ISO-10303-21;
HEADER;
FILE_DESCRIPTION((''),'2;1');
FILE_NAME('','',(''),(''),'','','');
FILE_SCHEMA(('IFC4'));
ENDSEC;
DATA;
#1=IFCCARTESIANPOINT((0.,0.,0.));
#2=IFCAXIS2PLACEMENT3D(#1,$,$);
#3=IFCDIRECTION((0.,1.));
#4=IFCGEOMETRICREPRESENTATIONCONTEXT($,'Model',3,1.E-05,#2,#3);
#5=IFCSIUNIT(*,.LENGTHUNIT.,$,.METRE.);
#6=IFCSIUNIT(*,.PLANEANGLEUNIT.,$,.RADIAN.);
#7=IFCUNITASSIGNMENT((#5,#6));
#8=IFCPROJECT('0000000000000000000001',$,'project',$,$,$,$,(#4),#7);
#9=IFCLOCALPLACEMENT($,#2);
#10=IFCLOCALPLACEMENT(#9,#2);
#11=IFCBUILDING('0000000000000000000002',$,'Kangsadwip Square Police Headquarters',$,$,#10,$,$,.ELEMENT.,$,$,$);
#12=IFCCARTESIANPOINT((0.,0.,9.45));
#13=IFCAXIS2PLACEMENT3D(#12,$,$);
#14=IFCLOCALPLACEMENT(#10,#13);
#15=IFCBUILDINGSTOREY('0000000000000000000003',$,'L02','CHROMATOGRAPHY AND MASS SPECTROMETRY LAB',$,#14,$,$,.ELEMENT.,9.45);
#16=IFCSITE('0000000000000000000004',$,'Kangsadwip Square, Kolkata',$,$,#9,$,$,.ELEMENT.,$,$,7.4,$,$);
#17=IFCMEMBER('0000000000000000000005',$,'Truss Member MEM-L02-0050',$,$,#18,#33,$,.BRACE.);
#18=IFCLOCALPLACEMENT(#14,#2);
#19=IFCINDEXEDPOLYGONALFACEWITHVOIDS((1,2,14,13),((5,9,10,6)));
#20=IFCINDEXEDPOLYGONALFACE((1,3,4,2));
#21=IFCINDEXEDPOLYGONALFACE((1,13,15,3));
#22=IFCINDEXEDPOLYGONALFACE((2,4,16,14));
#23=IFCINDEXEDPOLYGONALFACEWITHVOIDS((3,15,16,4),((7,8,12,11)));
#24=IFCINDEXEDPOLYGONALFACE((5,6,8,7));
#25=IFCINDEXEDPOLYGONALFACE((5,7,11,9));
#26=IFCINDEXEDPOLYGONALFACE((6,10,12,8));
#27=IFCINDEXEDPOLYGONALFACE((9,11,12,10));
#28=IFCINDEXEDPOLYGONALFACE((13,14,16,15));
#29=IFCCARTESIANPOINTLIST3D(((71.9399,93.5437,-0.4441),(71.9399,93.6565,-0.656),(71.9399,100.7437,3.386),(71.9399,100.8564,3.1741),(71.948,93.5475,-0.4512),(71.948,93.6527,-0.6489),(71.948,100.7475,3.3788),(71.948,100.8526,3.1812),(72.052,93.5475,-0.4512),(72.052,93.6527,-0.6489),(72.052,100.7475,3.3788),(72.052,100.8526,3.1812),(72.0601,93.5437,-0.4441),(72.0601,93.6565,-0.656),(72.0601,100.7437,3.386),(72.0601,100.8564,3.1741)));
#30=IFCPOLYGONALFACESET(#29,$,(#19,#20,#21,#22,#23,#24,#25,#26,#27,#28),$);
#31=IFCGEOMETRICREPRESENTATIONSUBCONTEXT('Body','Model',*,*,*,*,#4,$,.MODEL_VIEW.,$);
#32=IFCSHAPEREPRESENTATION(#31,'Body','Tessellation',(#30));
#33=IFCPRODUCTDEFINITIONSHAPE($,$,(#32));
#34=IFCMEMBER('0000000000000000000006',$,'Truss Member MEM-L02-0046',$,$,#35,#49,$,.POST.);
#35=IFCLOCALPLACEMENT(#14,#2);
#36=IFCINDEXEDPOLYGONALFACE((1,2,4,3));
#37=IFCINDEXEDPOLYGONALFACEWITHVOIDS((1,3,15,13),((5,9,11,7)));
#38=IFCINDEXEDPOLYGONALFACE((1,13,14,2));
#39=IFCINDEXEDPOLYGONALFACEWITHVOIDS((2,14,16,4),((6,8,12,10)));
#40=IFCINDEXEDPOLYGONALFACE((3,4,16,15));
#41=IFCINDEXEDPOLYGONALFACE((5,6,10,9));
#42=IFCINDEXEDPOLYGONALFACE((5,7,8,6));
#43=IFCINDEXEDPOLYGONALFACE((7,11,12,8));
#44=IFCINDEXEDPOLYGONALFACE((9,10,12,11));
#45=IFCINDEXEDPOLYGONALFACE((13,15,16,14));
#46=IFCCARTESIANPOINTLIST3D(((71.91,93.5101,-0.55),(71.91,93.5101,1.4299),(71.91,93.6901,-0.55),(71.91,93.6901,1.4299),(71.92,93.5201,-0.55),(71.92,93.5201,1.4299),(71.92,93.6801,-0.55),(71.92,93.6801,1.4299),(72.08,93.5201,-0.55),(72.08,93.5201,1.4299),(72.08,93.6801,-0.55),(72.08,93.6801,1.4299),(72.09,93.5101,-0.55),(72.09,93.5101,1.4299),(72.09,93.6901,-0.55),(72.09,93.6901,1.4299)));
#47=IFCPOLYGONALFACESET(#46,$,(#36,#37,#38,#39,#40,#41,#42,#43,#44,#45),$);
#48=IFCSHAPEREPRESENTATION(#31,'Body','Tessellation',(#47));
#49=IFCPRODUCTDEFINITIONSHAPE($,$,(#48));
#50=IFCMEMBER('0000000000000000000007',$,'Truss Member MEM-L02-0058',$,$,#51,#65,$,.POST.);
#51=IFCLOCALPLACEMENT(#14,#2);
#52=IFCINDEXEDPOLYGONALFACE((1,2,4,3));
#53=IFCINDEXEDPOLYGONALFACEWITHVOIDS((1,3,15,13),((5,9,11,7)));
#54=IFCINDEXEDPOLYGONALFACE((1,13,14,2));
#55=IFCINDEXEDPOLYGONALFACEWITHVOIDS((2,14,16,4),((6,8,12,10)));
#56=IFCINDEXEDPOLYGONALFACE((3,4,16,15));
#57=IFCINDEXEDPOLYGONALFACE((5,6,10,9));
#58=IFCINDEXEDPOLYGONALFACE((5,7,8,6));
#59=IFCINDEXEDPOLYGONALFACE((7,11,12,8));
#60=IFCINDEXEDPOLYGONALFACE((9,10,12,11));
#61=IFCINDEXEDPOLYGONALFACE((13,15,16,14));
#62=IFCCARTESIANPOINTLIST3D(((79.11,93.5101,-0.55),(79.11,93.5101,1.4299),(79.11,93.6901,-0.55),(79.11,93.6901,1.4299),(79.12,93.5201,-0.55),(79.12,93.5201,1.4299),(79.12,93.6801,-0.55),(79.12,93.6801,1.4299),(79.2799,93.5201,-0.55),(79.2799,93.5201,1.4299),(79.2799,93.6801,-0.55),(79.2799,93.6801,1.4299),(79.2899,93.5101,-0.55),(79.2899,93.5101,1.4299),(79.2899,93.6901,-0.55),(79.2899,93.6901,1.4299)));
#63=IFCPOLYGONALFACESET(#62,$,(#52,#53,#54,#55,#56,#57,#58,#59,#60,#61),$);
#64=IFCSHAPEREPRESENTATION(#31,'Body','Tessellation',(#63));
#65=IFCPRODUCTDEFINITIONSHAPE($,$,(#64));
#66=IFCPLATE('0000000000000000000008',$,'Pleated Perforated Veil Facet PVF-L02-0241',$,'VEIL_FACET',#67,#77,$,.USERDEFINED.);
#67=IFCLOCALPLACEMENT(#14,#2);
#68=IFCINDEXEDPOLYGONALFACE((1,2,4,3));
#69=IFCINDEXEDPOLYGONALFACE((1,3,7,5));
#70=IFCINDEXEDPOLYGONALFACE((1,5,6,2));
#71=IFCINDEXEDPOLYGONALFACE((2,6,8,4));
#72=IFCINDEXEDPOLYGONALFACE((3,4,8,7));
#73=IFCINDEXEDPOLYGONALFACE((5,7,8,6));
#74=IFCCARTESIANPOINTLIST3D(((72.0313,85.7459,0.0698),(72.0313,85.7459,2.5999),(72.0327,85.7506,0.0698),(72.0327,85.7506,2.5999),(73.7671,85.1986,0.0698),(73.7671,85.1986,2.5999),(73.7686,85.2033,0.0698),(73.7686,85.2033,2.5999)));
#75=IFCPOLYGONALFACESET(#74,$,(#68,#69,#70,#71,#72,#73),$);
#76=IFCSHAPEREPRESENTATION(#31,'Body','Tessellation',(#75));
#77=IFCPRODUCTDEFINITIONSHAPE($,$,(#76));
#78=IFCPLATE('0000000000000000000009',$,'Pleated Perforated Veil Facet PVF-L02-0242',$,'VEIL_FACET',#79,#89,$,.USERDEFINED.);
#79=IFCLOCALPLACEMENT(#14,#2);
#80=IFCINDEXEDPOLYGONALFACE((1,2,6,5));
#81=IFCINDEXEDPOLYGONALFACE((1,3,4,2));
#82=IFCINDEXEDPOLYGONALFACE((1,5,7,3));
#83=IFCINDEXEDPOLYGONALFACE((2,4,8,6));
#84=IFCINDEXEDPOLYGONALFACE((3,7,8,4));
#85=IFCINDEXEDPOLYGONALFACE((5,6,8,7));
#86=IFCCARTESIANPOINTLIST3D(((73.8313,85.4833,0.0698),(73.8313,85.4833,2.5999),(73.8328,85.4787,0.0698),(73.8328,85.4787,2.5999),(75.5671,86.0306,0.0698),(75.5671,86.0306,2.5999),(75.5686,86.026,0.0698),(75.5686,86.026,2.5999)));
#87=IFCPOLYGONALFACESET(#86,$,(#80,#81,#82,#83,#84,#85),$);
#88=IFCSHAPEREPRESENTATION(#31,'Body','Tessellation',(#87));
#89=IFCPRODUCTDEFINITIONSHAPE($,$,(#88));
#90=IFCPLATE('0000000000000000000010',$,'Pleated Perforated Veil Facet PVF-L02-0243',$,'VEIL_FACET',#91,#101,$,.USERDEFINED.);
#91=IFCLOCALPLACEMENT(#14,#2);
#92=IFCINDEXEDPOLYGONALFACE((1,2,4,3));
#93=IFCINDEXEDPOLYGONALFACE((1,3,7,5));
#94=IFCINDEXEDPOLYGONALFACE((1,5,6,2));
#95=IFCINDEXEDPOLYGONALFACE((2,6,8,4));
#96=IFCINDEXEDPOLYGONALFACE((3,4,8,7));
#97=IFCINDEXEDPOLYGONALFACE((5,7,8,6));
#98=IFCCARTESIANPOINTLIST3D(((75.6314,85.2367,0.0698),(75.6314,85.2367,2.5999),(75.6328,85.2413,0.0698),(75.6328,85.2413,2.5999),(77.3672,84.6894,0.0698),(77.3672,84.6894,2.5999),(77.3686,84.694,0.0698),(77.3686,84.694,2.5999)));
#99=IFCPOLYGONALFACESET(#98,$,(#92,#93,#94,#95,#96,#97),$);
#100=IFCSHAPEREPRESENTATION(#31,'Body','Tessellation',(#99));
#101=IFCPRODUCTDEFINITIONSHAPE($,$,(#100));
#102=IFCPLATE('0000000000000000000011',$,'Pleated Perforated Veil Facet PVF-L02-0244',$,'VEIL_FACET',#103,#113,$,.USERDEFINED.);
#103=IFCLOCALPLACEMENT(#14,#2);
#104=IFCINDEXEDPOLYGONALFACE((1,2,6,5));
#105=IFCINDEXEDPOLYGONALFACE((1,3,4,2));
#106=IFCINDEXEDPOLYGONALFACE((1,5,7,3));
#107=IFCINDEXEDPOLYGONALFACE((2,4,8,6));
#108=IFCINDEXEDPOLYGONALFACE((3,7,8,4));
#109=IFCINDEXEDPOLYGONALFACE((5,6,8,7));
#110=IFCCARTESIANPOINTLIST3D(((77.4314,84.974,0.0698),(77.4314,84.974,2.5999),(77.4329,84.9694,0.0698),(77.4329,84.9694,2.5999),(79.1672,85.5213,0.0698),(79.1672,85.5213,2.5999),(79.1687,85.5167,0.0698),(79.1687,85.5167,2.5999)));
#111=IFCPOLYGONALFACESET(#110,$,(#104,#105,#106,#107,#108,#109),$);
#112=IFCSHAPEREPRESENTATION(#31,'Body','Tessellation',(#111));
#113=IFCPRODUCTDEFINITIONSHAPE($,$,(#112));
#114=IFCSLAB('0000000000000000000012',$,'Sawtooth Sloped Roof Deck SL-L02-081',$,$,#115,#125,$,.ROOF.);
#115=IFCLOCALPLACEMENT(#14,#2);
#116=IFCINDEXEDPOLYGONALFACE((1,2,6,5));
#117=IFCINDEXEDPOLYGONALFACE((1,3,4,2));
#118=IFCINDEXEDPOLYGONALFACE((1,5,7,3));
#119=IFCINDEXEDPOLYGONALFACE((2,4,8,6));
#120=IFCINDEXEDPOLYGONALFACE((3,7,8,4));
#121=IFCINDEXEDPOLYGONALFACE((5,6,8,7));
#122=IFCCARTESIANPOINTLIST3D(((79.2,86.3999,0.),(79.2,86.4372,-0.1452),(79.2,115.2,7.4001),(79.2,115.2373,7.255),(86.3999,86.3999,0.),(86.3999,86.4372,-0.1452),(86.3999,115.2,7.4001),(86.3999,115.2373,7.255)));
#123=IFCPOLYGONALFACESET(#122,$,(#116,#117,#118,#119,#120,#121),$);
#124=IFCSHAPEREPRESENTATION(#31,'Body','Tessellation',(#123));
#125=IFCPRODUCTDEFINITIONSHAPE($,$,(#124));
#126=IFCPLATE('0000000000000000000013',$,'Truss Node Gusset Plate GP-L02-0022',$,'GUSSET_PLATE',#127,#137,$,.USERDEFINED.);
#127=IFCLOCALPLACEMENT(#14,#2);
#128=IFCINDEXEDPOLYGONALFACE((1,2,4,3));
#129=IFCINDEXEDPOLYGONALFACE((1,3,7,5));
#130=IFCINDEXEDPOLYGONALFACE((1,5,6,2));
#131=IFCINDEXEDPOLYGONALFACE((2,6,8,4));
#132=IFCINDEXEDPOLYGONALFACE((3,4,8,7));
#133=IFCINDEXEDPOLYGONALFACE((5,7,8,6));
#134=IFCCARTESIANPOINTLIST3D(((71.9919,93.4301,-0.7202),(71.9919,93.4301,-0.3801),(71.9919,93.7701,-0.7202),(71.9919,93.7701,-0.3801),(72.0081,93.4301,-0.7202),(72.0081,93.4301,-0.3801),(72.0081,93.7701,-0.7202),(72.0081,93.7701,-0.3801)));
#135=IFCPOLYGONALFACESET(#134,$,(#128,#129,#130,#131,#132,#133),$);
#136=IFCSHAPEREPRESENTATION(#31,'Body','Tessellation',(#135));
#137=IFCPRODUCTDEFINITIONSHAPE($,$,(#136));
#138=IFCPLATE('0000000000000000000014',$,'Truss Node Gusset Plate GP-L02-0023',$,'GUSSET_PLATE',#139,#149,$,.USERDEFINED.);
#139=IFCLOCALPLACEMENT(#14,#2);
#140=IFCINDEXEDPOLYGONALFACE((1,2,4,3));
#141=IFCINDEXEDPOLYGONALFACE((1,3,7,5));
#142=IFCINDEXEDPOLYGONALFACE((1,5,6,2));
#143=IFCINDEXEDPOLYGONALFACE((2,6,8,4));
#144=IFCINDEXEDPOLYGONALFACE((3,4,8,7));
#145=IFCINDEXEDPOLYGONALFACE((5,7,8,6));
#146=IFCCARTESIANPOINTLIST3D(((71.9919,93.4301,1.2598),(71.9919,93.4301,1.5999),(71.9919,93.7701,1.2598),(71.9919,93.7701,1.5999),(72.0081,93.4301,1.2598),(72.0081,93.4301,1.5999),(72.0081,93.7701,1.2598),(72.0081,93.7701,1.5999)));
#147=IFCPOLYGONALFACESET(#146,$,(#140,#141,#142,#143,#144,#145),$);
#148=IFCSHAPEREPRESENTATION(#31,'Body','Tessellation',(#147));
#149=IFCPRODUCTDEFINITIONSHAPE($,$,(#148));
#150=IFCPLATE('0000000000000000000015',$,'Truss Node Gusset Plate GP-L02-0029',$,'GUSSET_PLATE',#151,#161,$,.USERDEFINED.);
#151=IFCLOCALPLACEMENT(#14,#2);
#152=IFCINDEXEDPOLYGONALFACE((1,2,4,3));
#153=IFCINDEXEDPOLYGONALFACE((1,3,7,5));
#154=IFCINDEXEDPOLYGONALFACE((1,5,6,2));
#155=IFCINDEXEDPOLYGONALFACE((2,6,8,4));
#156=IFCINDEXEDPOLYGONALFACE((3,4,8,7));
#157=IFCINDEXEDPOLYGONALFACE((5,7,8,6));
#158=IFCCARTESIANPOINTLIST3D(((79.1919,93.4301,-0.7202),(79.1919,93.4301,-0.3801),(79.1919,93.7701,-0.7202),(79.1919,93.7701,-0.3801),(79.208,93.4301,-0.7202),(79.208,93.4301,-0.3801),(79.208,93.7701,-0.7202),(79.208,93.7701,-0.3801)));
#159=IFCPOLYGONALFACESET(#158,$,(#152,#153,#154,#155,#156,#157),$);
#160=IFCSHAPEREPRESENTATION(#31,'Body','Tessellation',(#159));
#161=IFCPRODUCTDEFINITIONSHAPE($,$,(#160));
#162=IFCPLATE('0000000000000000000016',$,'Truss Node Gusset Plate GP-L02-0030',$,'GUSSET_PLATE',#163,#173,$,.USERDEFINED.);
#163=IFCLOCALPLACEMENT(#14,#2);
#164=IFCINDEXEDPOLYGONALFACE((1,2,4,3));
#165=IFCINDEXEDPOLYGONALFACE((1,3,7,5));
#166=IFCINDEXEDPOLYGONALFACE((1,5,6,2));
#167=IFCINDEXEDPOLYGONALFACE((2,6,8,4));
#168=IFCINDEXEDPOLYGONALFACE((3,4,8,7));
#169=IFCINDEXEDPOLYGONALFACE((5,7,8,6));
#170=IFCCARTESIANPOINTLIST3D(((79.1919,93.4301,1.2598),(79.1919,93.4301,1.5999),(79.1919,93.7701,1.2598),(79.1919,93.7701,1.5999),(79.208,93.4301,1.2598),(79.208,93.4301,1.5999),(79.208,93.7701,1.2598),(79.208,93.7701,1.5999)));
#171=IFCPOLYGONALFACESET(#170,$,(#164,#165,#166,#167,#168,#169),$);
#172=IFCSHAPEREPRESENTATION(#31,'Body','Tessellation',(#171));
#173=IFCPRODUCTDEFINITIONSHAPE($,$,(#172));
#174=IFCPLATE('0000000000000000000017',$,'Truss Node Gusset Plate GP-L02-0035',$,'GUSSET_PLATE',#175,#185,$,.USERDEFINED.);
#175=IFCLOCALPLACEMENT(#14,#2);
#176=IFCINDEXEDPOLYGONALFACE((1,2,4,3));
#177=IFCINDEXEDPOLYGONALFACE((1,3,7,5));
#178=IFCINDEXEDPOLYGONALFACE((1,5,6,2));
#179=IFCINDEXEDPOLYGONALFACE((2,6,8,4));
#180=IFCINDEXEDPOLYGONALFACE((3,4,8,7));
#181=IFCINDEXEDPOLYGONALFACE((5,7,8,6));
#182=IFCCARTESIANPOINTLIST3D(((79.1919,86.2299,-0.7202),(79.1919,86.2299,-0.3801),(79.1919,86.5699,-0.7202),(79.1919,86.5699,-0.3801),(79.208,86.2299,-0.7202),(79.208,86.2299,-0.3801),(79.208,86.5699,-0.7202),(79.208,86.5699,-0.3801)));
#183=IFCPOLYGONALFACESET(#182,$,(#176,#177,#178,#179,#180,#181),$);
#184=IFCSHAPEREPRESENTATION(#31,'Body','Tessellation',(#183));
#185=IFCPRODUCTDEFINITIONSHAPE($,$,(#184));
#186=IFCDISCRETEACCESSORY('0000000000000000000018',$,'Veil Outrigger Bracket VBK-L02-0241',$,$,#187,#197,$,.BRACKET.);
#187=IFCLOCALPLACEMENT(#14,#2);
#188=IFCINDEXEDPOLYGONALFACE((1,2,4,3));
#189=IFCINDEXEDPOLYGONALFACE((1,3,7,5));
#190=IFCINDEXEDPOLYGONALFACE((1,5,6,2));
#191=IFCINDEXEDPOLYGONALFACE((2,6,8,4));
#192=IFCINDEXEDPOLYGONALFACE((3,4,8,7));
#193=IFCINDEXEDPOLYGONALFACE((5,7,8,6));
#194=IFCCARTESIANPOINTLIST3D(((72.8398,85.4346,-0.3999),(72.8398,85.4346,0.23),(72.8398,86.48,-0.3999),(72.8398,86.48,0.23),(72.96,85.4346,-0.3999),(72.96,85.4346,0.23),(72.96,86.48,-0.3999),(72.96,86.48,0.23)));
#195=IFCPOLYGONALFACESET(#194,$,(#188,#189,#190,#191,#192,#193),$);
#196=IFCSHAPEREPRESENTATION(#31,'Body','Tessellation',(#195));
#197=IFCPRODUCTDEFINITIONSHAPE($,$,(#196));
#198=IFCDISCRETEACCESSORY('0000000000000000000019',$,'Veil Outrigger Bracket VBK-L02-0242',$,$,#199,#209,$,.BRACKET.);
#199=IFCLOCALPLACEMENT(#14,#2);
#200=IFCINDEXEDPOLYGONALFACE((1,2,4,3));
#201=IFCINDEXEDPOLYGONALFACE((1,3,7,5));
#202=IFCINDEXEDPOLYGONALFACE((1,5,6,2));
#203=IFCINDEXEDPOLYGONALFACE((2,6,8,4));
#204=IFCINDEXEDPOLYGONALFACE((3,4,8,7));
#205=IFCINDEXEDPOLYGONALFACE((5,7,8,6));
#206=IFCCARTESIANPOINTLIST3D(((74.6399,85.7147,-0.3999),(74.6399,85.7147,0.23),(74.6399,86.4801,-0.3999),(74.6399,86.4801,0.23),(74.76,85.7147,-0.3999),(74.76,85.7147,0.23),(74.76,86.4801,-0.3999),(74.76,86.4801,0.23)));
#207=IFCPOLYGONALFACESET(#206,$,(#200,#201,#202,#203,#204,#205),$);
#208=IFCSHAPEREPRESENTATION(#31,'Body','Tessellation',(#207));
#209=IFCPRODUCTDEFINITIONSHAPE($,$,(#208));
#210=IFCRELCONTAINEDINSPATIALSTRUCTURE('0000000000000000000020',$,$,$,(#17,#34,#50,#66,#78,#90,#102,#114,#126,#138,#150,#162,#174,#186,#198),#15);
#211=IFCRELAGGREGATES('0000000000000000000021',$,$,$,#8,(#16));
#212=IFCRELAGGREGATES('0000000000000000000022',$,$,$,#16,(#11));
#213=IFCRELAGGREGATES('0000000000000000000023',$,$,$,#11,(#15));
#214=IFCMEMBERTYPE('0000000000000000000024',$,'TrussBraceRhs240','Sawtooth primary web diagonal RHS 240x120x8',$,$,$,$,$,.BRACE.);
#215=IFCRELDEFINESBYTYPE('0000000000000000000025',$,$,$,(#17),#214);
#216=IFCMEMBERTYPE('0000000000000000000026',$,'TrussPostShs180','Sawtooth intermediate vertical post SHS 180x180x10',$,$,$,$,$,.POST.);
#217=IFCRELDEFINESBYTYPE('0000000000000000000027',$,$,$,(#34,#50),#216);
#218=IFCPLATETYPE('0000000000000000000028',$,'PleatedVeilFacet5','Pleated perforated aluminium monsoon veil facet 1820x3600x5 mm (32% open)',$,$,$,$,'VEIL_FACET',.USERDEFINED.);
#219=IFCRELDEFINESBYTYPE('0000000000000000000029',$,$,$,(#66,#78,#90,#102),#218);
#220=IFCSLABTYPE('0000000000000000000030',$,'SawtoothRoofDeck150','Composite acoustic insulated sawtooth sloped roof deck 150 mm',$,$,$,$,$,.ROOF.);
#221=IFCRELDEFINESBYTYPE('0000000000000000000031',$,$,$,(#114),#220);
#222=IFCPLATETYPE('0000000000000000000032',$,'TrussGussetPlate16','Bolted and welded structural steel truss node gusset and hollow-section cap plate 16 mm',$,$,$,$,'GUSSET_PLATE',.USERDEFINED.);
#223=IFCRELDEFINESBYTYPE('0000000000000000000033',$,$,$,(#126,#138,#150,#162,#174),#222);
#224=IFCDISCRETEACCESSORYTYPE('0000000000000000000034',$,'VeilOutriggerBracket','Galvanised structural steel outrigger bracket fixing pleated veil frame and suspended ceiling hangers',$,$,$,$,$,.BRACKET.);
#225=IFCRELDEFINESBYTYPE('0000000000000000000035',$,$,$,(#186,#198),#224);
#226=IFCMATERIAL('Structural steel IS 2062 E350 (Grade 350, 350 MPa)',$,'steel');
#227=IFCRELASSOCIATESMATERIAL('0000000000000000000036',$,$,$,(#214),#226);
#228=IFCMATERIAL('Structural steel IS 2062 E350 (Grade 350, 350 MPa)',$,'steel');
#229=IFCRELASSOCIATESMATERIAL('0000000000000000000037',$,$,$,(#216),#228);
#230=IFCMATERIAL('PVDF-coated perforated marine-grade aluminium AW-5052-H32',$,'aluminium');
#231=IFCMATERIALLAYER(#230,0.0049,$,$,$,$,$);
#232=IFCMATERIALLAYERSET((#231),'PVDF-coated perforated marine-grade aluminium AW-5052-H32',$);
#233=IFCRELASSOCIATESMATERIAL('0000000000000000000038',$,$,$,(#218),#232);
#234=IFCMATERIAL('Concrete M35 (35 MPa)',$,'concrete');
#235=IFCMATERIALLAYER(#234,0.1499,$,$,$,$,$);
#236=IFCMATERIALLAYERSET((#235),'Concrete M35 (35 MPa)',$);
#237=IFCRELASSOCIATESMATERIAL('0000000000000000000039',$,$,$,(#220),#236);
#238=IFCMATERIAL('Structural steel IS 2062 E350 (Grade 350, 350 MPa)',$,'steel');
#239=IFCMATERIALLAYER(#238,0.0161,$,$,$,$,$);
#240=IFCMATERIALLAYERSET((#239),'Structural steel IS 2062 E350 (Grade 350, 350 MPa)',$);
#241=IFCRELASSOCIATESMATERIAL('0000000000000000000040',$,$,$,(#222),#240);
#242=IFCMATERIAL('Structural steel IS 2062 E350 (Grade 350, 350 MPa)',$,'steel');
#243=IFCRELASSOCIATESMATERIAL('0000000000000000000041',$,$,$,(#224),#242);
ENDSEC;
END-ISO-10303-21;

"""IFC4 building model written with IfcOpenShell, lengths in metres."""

from ifc_helpers import new_model, si_unit, direction, frame, origin, origin_2d, place, context, subcontext, project, spatial, polyline, rectangle, hollow_rectangle, outline, extrude, material, layer, layer_set, material_profile, profile_set, type_object, element, save


model = new_model("IFC4")

# Units and contexts
model_context = context("Model", 3, precision=1e-05, world=origin(), true_north=direction((0.0, 1.0)))
body_context = subcontext(model_context, "Body", "Model", "MODEL_VIEW")
ifc_project = project(units=[si_unit("LENGTHUNIT", "METRE"), si_unit("PLANEANGLEUNIT", "RADIAN")], contexts=[model_context])

# Site, building, storey
site_placement = place(None, origin())
site = spatial("IfcSite", under=ifc_project, at=site_placement, Name="Kangsadwip Square, Kolkata", CompositionType="ELEMENT", RefElevation=7.4)
building_placement = place(site_placement, origin())
building = spatial("IfcBuilding", under=site, at=building_placement, Name="Kangsadwip Square Police Headquarters", CompositionType="ELEMENT")
storey_placement = place(building_placement, frame((0.0, 0.0, 9.45)))
storey = spatial("IfcBuildingStorey", under=building, at=storey_placement, Name="L02", Description="CHROMATOGRAPHY AND MASS SPECTROMETRY LAB", CompositionType="ELEMENT", Elevation=9.45)

# Members
ifc_material_1 = material(Name="Structural steel IS 2062 E350 (Grade 350, 350 MPa)", Category="steel")
ifc_material_profile_1 = material_profile(ifc_material_1, hollow_rectangle(XDim=0.1201, YDim=0.24, WallThickness=0.0081, at=origin_2d()), Name="RHS 240X120X8")
ifc_profile_set_1 = profile_set([ifc_material_profile_1], Name="Structural steel IS 2062 E350 (Grade 350, 350 MPa)")
member_type_1 = type_object("IfcMemberType", Name="TrussBraceRhs240", Description="Sawtooth primary web diagonal RHS 240x120x8", PredefinedType="BRACE", material=ifc_profile_set_1)
member_1_placement = place(storey_placement, frame((72.0, 93.6001, -0.55), z_axis=(0.0, 0.882856, 0.469643), x_axis=(-1.0, 0.0, 0.0)))
element("IfcMember", 1, at=member_1_placement, inside=storey, type_object=member_type_1, Name="Truss Member MEM-L02-0050", PredefinedType="BRACE", context=body_context, shape_type="SweptSolid", body=[
    extrude(hollow_rectangle(XDim=0.1201, YDim=0.24, WallThickness=0.0081, at=origin_2d()), origin(), (0.0, 0.0, 1.0), 8.1553),
])
ifc_material_2 = material(Name="Structural steel IS 2062 E350 (Grade 350, 350 MPa)", Category="steel")
ifc_material_profile_2 = material_profile(ifc_material_2, hollow_rectangle(XDim=0.1799, YDim=0.1799, WallThickness=0.01, at=origin_2d()), Name="SHS 180X180X10")
ifc_profile_set_2 = profile_set([ifc_material_profile_2], Name="Structural steel IS 2062 E350 (Grade 350, 350 MPa)")
member_type_2 = type_object("IfcMemberType", Name="TrussPostShs180", Description="Sawtooth intermediate vertical post SHS 180x180x10", PredefinedType="POST", material=ifc_profile_set_2)
for number, where, z_axis, x_axis, name in (
    (2, (72.0, 93.6001, -0.55), (0.0, 0.0, 1.0), (1.0, 0.0, 0.0), "Truss Member MEM-L02-0046"),
    (3, (79.2, 93.6001, -0.55), (0.0, 0.0, 1.0), (1.0, 0.0, 0.0), "Truss Member MEM-L02-0058"),
):
    element("IfcMember", number, at=place(storey_placement, frame(where, z_axis=z_axis, x_axis=x_axis)), inside=storey, type_object=member_type_2, Name=name, PredefinedType="POST", context=body_context, shape_type="SweptSolid", body=[
        extrude(hollow_rectangle(XDim=0.1799, YDim=0.1799, WallThickness=0.01, at=origin_2d()), origin(), (0.0, 0.0, 1.0), 1.98),
    ])

# Plates
ifc_material_3 = material(Name="PVDF-coated perforated marine-grade aluminium AW-5052-H32", Category="aluminium")
ifc_layer_1 = layer(ifc_material_3, 0.0049)
ifc_layer_set_1 = layer_set([ifc_layer_1], Name="PVDF-coated perforated marine-grade aluminium AW-5052-H32")
plate_type_1 = type_object("IfcPlateType", Name="PleatedVeilFacet5", Description="Pleated perforated aluminium monsoon veil facet 1820x3600x5 mm (32% open)", ElementType="VEIL_FACET", PredefinedType="USERDEFINED", material=ifc_layer_set_1)
for number, where, z_axis, x_axis, name in (
    (4, (72.8999, 85.4746, 0.0698), (0.0, 0.0, 1.0), (0.953717, -0.300706, 0.0), "Pleated Perforated Veil Facet PVF-L02-0241"),
    (5, (74.7, 85.7546, 0.0698), (0.0, 0.0, 1.0), (0.953717, 0.300706, 0.0), "Pleated Perforated Veil Facet PVF-L02-0242"),
    (6, (76.5, 84.9653, 0.0698), (0.0, 0.0, 1.0), (0.953717, -0.300706, 0.0), "Pleated Perforated Veil Facet PVF-L02-0243"),
    (7, (78.3, 85.2454, 0.0698), (0.0, 0.0, 1.0), (0.953717, 0.300706, 0.0), "Pleated Perforated Veil Facet PVF-L02-0244"),
):
    element("IfcPlate", number, at=place(storey_placement, frame(where, z_axis=z_axis, x_axis=x_axis)), inside=storey, type_object=plate_type_1, Name=name, ObjectType="VEIL_FACET", PredefinedType="USERDEFINED", context=body_context, shape_type="SweptSolid", body=[
        extrude(rectangle(XDim=1.8201, YDim=0.0049, at=origin_2d()), origin(), (0.0, 0.0, 1.0), 2.53),
    ])

# Slab
ifc_material_4 = material(Name="Concrete M35 (35 MPa)", Category="concrete")
ifc_layer_2 = layer(ifc_material_4, 0.1499)
ifc_layer_set_2 = layer_set([ifc_layer_2], Name="Concrete M35 (35 MPa)")
slab_type = type_object("IfcSlabType", Name="SawtoothRoofDeck150", Description="Composite acoustic insulated sawtooth sloped roof deck 150 mm", PredefinedType="ROOF", material=ifc_layer_set_2)
slab_placement = place(storey_placement, frame((79.2, 86.3999, 0.0), z_axis=(0.0, -0.248865, 0.968538), x_axis=(1.0, 0.0, 0.0)))
element("IfcSlab", 8, at=slab_placement, inside=storey, type_object=slab_type, Name="Sawtooth Sloped Roof Deck SL-L02-081", PredefinedType="ROOF", context=body_context, shape_type="SweptSolid", body=[
    extrude(outline(polyline([(0.0, 0.0), (7.2, 0.0), (7.2, 29.7356), (0.0, 29.7356), (0.0, 0.0)])), origin(), (0.0, 0.0, -1.0), 0.1499),
])

# Plates
ifc_material_5 = material(Name="Structural steel IS 2062 E350 (Grade 350, 350 MPa)", Category="steel")
ifc_layer_3 = layer(ifc_material_5, 0.0161)
ifc_layer_set_3 = layer_set([ifc_layer_3], Name="Structural steel IS 2062 E350 (Grade 350, 350 MPa)")
plate_type_2 = type_object("IfcPlateType", Name="TrussGussetPlate16", Description="Bolted and welded structural steel truss node gusset and hollow-section cap plate 16 mm", ElementType="GUSSET_PLATE", PredefinedType="USERDEFINED", material=ifc_layer_set_3)
for number, where, z_axis, x_axis, name in (
    (9, (72.0, 93.6001, -0.7202), (0.0, 0.0, 1.0), (0.0, 1.0, 0.0), "Truss Node Gusset Plate GP-L02-0022"),
    (10, (72.0, 93.6001, 1.2598), (0.0, 0.0, 1.0), (0.0, 1.0, 0.0), "Truss Node Gusset Plate GP-L02-0023"),
    (11, (79.2, 93.6001, -0.7202), (0.0, 0.0, 1.0), (0.0, 1.0, 0.0), "Truss Node Gusset Plate GP-L02-0029"),
    (12, (79.2, 93.6001, 1.2598), (0.0, 0.0, 1.0), (0.0, 1.0, 0.0), "Truss Node Gusset Plate GP-L02-0030"),
    (13, (79.2, 86.3999, -0.7202), (0.0, 0.0, 1.0), (0.0, 1.0, 0.0), "Truss Node Gusset Plate GP-L02-0035"),
):
    element("IfcPlate", number, at=place(storey_placement, frame(where, z_axis=z_axis, x_axis=x_axis)), inside=storey, type_object=plate_type_2, Name=name, ObjectType="GUSSET_PLATE", PredefinedType="USERDEFINED", context=body_context, shape_type="SweptSolid", body=[
        extrude(rectangle(XDim=0.3401, YDim=0.0161, at=origin_2d()), origin(), (0.0, 0.0, 1.0), 0.3401),
    ])

# Discrete accessories
ifc_material_6 = material(Name="Structural steel IS 2062 E350 (Grade 350, 350 MPa)", Category="steel")
discrete_accessory_type = type_object("IfcDiscreteAccessoryType", Name="VeilOutriggerBracket", Description="Galvanised structural steel outrigger bracket fixing pleated veil frame and suspended ceiling hangers", PredefinedType="BRACKET", material=ifc_material_6)
discrete_accessory_1_placement = place(storey_placement, frame((72.8999, 85.9573, -0.3999), z_axis=(0.0, 0.0, 1.0), x_axis=(1.0, 0.0, 0.0)))
element("IfcDiscreteAccessory", 14, at=discrete_accessory_1_placement, inside=storey, type_object=discrete_accessory_type, Name="Veil Outrigger Bracket VBK-L02-0241", PredefinedType="BRACKET", context=body_context, shape_type="SweptSolid", body=[
    extrude(rectangle(XDim=0.1201, YDim=1.0454, at=origin_2d()), origin(), (0.0, 0.0, 1.0), 0.6299),
])
discrete_accessory_2_placement = place(storey_placement, frame((74.7, 86.0974, -0.3999), z_axis=(0.0, 0.0, 1.0), x_axis=(1.0, 0.0, 0.0)))
element("IfcDiscreteAccessory", 15, at=discrete_accessory_2_placement, inside=storey, type_object=discrete_accessory_type, Name="Veil Outrigger Bracket VBK-L02-0242", PredefinedType="BRACKET", context=body_context, shape_type="SweptSolid", body=[
    extrude(rectangle(XDim=0.1201, YDim=0.7654, at=origin_2d()), origin(), (0.0, 0.0, 1.0), 0.6299),
])

save(model, "model.ifc")
